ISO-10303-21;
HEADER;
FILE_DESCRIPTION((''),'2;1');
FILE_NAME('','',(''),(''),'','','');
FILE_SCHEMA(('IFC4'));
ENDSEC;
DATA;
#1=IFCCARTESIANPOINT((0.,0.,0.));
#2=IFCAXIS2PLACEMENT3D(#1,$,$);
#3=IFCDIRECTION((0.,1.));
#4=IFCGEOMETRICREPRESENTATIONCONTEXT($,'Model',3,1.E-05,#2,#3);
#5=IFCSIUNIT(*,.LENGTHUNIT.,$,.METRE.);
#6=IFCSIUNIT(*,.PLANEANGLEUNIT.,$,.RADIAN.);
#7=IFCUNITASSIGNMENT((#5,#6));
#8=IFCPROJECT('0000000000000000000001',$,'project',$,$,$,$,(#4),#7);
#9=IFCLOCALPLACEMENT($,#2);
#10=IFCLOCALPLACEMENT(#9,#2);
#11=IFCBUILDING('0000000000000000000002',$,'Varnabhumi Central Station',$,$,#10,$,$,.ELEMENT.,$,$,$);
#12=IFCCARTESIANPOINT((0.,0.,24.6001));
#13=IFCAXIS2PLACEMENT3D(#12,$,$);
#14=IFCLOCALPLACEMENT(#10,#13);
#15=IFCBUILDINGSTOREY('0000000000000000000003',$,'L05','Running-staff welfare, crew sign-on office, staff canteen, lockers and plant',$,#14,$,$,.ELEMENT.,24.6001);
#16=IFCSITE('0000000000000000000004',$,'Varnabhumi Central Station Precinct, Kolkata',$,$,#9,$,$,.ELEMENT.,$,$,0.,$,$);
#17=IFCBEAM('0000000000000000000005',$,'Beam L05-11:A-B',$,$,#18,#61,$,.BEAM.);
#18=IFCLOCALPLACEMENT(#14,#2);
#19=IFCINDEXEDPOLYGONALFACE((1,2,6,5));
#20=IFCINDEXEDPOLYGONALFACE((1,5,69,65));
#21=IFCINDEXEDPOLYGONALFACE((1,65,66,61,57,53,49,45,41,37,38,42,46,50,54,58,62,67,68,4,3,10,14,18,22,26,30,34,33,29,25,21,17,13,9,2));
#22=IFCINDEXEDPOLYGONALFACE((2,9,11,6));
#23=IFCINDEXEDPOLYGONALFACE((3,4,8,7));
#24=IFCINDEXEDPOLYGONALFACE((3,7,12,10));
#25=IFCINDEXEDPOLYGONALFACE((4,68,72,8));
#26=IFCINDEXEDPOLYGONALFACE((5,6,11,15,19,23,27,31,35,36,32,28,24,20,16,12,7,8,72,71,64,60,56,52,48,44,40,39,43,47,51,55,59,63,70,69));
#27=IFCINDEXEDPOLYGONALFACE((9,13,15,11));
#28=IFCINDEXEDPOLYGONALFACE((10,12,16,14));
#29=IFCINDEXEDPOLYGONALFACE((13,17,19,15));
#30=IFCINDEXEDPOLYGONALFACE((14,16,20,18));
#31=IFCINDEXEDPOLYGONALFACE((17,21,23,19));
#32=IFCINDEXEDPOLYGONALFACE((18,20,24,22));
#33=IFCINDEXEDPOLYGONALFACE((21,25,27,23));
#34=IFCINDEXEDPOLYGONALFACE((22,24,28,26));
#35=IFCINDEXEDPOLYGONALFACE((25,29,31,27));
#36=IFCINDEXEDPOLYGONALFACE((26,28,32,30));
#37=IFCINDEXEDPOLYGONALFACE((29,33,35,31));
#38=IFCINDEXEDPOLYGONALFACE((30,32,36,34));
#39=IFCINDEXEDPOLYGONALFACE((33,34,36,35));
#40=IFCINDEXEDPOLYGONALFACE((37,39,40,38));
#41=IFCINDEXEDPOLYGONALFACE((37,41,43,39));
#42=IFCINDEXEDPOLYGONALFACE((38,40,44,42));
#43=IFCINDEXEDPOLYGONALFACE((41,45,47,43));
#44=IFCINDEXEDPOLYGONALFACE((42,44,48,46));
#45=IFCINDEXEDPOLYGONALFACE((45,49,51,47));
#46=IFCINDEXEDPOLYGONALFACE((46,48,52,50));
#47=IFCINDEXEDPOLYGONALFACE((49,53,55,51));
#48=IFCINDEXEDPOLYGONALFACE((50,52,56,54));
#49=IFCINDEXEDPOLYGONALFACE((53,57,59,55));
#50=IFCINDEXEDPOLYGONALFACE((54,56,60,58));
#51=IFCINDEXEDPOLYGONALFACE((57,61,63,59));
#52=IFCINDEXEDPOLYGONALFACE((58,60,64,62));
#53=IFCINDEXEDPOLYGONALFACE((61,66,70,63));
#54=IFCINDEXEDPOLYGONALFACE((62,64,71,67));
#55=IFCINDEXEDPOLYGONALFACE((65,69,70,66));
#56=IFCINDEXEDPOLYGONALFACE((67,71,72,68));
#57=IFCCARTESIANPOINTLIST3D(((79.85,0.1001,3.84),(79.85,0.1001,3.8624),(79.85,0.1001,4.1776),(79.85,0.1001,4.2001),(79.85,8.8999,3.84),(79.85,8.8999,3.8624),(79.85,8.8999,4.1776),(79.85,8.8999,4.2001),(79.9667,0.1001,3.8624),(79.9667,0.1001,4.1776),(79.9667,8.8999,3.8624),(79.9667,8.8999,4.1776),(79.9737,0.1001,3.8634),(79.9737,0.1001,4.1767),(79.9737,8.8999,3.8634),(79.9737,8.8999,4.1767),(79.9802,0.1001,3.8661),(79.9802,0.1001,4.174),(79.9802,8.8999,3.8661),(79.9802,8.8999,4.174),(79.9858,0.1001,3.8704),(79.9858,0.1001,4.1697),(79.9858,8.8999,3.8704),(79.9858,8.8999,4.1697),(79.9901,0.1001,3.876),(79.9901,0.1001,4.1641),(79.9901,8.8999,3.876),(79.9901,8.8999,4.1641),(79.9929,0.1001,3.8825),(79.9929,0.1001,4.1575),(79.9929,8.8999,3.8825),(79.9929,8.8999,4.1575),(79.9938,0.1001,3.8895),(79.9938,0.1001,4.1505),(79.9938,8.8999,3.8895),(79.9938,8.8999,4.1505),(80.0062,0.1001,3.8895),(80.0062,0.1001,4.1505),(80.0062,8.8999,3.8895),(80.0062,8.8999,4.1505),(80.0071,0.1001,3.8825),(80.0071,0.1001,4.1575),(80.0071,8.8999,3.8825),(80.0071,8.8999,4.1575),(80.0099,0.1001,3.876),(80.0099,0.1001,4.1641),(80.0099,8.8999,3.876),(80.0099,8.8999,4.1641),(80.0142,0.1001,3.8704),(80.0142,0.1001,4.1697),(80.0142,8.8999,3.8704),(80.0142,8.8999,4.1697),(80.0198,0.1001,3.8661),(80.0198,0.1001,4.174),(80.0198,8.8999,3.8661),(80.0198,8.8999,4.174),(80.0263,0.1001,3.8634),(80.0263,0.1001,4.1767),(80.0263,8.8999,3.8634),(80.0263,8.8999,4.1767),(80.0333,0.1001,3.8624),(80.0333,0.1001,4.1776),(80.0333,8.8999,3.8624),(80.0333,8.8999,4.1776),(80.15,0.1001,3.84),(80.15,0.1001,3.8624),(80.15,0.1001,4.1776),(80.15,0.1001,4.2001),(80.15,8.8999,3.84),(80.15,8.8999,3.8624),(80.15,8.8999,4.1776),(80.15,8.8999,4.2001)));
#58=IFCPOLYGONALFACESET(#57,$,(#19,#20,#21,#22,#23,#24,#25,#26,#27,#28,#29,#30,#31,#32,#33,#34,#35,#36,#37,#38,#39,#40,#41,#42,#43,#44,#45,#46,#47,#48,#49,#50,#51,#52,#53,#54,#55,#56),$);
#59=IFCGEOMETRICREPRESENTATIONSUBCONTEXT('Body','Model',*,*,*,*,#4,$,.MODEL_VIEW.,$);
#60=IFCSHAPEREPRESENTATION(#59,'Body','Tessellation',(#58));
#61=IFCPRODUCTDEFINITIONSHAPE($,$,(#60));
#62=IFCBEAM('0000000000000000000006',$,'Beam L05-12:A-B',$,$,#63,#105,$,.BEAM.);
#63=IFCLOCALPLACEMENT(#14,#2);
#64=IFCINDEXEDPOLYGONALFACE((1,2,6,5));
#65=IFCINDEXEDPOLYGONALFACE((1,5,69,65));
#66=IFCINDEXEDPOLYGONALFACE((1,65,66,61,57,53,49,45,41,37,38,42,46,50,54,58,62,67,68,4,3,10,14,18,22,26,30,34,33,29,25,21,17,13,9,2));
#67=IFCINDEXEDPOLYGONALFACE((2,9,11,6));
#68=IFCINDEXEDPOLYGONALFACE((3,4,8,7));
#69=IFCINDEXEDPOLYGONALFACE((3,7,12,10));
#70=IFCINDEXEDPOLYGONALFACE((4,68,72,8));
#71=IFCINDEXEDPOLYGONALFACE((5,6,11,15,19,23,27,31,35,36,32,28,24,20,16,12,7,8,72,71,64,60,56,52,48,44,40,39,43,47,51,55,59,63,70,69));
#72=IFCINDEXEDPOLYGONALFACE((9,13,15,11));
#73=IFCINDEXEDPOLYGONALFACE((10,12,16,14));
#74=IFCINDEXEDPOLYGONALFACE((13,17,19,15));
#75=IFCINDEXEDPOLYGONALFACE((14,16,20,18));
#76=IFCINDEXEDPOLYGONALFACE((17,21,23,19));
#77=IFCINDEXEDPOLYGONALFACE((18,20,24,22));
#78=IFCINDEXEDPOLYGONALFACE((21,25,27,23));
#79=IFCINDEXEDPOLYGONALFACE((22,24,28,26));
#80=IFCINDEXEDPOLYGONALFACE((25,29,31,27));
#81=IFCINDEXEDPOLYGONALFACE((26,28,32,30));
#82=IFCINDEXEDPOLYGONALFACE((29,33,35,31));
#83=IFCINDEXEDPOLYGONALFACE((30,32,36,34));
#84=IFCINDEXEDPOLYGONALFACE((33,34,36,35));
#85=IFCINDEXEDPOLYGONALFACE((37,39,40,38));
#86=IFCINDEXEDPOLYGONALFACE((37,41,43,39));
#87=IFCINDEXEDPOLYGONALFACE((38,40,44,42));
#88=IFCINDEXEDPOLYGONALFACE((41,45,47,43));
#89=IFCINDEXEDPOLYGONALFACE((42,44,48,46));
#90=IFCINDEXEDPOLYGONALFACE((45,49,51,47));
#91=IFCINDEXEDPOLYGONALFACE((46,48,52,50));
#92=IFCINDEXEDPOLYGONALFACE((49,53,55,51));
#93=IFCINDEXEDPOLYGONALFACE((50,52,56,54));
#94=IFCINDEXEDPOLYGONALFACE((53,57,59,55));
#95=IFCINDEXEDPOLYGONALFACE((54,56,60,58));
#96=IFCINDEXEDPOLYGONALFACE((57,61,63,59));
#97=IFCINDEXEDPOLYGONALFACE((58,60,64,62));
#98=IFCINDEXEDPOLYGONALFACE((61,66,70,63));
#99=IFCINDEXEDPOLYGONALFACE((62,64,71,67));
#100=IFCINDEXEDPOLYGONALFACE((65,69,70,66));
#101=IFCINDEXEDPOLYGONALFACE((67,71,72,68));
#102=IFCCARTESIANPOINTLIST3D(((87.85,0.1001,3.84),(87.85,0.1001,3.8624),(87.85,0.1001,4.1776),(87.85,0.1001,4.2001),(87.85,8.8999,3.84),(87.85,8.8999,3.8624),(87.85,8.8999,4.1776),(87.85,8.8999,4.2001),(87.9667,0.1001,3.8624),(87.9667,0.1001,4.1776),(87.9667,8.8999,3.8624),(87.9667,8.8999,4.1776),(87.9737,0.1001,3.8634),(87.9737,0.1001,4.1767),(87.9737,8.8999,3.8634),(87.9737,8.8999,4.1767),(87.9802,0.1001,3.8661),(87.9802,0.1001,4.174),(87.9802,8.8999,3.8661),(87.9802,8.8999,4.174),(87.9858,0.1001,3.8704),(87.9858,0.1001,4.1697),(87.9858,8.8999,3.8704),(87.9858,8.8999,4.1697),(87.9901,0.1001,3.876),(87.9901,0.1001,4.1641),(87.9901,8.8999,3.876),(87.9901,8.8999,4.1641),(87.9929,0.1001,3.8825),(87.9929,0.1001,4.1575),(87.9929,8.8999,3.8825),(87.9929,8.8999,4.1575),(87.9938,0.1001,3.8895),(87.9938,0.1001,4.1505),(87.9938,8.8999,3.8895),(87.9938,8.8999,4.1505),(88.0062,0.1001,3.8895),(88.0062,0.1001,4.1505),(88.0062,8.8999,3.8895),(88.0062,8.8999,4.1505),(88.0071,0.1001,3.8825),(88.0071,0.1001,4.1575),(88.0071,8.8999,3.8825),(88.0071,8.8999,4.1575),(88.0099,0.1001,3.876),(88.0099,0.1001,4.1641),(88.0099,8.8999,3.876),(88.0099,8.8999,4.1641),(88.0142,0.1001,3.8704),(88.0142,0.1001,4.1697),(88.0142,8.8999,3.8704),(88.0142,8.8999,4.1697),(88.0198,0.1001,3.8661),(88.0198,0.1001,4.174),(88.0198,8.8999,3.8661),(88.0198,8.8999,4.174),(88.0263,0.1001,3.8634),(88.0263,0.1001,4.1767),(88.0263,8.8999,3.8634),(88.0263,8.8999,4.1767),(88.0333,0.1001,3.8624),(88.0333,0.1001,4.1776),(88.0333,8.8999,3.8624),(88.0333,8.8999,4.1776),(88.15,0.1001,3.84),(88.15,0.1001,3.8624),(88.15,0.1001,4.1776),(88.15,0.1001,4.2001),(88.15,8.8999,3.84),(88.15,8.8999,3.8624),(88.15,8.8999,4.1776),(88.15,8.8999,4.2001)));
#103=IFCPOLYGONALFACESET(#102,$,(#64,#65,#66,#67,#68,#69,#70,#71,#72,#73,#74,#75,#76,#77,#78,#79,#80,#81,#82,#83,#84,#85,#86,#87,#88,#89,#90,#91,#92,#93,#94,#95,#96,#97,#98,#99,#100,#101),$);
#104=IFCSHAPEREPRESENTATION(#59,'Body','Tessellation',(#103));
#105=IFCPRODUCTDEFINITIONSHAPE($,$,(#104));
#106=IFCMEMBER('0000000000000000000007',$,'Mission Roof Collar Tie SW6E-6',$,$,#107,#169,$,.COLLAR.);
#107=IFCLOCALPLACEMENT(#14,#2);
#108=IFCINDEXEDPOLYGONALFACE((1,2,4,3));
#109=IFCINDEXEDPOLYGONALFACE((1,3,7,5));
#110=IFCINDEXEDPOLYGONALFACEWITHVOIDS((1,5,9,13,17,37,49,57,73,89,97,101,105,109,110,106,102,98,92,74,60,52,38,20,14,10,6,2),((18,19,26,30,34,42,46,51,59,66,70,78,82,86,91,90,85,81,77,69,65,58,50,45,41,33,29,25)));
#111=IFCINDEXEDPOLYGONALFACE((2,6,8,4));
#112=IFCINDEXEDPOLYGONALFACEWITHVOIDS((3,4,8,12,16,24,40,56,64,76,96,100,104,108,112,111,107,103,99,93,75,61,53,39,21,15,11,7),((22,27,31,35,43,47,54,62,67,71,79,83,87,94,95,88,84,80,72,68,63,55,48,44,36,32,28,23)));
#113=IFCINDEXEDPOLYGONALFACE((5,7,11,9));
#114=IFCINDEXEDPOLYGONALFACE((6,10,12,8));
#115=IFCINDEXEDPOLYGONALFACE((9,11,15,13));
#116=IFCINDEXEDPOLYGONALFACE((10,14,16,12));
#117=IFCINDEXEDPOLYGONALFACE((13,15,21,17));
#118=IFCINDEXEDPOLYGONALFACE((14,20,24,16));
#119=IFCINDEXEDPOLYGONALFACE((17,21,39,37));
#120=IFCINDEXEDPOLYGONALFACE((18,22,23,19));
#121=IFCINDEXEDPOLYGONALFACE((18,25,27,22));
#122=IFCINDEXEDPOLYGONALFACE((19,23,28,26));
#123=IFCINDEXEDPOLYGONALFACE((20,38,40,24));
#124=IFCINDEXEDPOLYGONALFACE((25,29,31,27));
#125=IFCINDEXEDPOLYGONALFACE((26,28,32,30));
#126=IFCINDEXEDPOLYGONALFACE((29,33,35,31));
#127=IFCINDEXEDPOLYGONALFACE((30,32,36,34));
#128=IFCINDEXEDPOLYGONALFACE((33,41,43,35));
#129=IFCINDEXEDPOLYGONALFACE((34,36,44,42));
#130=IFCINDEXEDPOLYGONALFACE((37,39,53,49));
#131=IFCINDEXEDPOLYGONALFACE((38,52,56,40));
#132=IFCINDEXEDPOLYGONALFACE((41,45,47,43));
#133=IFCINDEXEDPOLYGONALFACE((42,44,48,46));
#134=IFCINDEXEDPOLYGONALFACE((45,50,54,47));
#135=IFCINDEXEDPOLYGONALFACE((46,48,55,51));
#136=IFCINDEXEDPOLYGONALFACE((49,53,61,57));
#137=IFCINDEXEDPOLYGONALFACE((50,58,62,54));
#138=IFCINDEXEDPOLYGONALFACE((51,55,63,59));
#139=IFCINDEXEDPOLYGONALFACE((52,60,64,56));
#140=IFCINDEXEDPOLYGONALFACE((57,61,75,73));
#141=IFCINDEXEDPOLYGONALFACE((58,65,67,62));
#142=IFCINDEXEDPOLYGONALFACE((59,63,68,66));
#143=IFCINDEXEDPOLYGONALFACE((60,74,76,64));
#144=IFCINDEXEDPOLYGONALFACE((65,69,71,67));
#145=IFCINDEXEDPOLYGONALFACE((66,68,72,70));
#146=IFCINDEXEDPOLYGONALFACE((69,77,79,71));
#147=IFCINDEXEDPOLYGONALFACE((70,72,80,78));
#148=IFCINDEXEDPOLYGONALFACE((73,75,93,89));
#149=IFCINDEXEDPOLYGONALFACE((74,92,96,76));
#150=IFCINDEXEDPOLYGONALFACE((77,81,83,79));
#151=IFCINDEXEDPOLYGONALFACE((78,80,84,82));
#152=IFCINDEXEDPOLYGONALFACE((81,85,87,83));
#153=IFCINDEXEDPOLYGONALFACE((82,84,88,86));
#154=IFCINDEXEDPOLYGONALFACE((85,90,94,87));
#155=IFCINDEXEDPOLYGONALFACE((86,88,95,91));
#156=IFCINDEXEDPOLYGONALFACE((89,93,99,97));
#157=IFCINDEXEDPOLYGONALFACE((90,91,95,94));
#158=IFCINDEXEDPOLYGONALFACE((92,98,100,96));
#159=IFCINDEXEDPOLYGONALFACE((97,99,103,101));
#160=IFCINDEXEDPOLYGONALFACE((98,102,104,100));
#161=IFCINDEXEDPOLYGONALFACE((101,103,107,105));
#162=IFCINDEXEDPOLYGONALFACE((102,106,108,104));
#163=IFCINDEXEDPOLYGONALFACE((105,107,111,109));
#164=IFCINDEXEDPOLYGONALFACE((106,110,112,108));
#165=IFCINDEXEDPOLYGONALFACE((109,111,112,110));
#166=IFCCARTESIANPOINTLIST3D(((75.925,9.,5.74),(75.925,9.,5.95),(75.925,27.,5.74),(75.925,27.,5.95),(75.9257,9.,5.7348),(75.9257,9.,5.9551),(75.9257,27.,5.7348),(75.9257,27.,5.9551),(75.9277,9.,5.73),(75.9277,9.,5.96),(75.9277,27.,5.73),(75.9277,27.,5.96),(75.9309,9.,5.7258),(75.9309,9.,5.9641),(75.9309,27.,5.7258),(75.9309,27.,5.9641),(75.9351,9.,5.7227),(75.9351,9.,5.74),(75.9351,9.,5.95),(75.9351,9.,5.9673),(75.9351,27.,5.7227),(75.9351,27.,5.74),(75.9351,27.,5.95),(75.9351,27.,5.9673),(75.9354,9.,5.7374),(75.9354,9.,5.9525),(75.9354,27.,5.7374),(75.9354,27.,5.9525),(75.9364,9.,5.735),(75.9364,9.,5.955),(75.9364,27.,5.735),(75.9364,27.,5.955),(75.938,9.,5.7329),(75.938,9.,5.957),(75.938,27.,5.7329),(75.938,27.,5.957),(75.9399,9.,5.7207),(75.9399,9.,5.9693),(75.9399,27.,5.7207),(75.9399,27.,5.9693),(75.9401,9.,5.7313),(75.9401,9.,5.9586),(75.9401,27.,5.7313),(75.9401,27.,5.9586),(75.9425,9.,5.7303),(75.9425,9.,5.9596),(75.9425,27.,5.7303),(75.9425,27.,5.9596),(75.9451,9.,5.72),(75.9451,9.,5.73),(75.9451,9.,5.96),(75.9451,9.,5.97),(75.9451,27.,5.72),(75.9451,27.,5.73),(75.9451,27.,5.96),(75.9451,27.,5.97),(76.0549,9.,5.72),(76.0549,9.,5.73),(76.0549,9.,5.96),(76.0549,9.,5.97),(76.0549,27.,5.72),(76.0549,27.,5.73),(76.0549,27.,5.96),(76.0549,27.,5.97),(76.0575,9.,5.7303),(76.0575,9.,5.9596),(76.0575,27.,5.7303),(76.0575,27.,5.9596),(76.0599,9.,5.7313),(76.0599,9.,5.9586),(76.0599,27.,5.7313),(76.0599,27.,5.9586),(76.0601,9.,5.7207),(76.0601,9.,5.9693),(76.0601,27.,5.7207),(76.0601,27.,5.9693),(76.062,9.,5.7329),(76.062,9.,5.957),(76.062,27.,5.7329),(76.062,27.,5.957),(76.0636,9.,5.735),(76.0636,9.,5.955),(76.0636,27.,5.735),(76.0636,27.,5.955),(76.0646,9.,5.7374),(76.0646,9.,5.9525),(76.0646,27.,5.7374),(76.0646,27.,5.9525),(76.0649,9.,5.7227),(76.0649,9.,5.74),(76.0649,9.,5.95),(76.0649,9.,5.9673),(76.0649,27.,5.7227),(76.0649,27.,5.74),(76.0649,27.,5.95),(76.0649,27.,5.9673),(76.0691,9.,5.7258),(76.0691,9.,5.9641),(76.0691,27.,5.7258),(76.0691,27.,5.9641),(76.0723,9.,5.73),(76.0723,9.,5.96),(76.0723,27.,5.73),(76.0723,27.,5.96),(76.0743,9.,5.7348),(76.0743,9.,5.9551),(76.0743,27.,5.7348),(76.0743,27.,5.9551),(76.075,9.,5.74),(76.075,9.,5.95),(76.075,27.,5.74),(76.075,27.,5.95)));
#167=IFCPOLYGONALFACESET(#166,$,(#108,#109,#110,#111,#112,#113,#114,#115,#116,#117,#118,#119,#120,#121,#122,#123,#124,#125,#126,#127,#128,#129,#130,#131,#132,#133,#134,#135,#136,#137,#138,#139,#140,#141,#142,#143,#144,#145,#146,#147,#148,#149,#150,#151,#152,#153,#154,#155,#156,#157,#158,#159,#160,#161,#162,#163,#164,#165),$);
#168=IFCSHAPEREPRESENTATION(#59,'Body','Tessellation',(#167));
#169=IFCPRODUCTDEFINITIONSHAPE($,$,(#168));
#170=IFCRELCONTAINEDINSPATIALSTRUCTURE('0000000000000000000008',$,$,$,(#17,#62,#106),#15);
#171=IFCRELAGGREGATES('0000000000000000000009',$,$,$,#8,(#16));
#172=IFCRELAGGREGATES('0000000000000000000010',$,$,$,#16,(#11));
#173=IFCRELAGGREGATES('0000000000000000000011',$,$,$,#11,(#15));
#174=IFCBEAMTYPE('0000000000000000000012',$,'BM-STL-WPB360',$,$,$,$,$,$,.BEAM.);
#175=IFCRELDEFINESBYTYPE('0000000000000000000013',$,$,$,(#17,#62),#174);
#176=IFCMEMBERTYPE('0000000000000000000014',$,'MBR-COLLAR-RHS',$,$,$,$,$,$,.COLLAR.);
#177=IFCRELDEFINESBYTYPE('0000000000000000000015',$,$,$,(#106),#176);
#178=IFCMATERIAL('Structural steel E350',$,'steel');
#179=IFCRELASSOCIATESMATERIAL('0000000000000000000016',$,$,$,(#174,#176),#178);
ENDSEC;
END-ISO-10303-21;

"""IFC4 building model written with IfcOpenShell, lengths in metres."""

from ifc_helpers import new_model, si_unit, direction, frame, origin, origin_2d, place, context, subcontext, project, spatial, hollow_rectangle, i_section, extrude, material, material_profile, profile_set, type_object, element, save


model = new_model("IFC4")

# Units and contexts
model_context = context("Model", 3, precision=1e-05, world=origin(), true_north=direction((0.0, 1.0)))
body_context = subcontext(model_context, "Body", "Model", "MODEL_VIEW")
ifc_project = project(units=[si_unit("LENGTHUNIT", "METRE"), si_unit("PLANEANGLEUNIT", "RADIAN")], contexts=[model_context])

# Site, building, storey
site_placement = place(None, origin())
site = spatial("IfcSite", under=ifc_project, at=site_placement, Name="Varnabhumi Central Station Precinct, Kolkata", CompositionType="ELEMENT", RefElevation=0.0)
building_placement = place(site_placement, origin())
building = spatial("IfcBuilding", under=site, at=building_placement, Name="Varnabhumi Central Station", CompositionType="ELEMENT")
storey_placement = place(building_placement, frame((0.0, 0.0, 24.6001)))
storey = spatial("IfcBuildingStorey", under=building, at=storey_placement, Name="L05", Description="Running-staff welfare, crew sign-on office, staff canteen, lockers and plant", CompositionType="ELEMENT", Elevation=24.6001)

# Beams
ifc_material_1 = material(Name="Structural steel E350", Category="steel")
ifc_material_profile_1 = material_profile(ifc_material_1, i_section(OverallWidth=0.3, OverallDepth=0.3601, WebThickness=0.0125, FlangeThickness=0.0225, FilletRadius=0.0271, at=origin_2d()), Name="Structural steel E350", Category="steel")
ifc_profile_set_1 = profile_set([ifc_material_profile_1], Name="Structural steel E350")
beam_type_1 = type_object("IfcBeamType", Name="BM-STL-WPB360", PredefinedType="BEAM", material=ifc_profile_set_1)
for number, where, z_axis, x_axis, name in (
    (1, (80.0, 0.1001, 4.02), (0.0, 1.0, 0.0), (-1.0, 0.0, 0.0), "Beam L05-11:A-B"),
    (2, (88.0, 0.1001, 4.02), (0.0, 1.0, 0.0), (-1.0, 0.0, 0.0), "Beam L05-12:A-B"),
):
    element("IfcBeam", number, at=place(storey_placement, frame(where, z_axis=z_axis, x_axis=x_axis)), inside=storey, type_object=beam_type_1, Name=name, PredefinedType="BEAM", context=body_context, shape_type="SweptSolid", body=[
        extrude(i_section(OverallWidth=0.3, OverallDepth=0.3601, WebThickness=0.0125, FlangeThickness=0.0225, FilletRadius=0.0271, at=origin_2d()), origin(), (0.0, 0.0, 1.0), 8.7998),
    ])

# Member
ifc_material_profile_2 = material_profile(ifc_material_1, hollow_rectangle(XDim=0.1499, YDim=0.25, WallThickness=0.01, InnerFilletRadius=0.01, OuterFilletRadius=0.02, at=origin_2d()), Name="Structural steel E350", Category="steel")
ifc_profile_set_2 = profile_set([ifc_material_profile_2], Name="Structural steel E350")
member_type_1 = type_object("IfcMemberType", Name="MBR-COLLAR-RHS", PredefinedType="COLLAR", material=ifc_profile_set_2)
member_1_placement = place(storey_placement, frame((76.0, 9.0, 5.845), z_axis=(0.0, 1.0, 0.0), x_axis=(-1.0, 0.0, 0.0)))
element("IfcMember", 3, at=member_1_placement, inside=storey, type_object=member_type_1, Name="Mission Roof Collar Tie SW6E-6", PredefinedType="COLLAR", context=body_context, shape_type="SweptSolid", body=[
    extrude(hollow_rectangle(XDim=0.1499, YDim=0.25, WallThickness=0.01, InnerFilletRadius=0.01, OuterFilletRadius=0.02, at=origin_2d()), origin(), (0.0, 0.0, 1.0), 18.0),
])

save(model, "model.ifc")
